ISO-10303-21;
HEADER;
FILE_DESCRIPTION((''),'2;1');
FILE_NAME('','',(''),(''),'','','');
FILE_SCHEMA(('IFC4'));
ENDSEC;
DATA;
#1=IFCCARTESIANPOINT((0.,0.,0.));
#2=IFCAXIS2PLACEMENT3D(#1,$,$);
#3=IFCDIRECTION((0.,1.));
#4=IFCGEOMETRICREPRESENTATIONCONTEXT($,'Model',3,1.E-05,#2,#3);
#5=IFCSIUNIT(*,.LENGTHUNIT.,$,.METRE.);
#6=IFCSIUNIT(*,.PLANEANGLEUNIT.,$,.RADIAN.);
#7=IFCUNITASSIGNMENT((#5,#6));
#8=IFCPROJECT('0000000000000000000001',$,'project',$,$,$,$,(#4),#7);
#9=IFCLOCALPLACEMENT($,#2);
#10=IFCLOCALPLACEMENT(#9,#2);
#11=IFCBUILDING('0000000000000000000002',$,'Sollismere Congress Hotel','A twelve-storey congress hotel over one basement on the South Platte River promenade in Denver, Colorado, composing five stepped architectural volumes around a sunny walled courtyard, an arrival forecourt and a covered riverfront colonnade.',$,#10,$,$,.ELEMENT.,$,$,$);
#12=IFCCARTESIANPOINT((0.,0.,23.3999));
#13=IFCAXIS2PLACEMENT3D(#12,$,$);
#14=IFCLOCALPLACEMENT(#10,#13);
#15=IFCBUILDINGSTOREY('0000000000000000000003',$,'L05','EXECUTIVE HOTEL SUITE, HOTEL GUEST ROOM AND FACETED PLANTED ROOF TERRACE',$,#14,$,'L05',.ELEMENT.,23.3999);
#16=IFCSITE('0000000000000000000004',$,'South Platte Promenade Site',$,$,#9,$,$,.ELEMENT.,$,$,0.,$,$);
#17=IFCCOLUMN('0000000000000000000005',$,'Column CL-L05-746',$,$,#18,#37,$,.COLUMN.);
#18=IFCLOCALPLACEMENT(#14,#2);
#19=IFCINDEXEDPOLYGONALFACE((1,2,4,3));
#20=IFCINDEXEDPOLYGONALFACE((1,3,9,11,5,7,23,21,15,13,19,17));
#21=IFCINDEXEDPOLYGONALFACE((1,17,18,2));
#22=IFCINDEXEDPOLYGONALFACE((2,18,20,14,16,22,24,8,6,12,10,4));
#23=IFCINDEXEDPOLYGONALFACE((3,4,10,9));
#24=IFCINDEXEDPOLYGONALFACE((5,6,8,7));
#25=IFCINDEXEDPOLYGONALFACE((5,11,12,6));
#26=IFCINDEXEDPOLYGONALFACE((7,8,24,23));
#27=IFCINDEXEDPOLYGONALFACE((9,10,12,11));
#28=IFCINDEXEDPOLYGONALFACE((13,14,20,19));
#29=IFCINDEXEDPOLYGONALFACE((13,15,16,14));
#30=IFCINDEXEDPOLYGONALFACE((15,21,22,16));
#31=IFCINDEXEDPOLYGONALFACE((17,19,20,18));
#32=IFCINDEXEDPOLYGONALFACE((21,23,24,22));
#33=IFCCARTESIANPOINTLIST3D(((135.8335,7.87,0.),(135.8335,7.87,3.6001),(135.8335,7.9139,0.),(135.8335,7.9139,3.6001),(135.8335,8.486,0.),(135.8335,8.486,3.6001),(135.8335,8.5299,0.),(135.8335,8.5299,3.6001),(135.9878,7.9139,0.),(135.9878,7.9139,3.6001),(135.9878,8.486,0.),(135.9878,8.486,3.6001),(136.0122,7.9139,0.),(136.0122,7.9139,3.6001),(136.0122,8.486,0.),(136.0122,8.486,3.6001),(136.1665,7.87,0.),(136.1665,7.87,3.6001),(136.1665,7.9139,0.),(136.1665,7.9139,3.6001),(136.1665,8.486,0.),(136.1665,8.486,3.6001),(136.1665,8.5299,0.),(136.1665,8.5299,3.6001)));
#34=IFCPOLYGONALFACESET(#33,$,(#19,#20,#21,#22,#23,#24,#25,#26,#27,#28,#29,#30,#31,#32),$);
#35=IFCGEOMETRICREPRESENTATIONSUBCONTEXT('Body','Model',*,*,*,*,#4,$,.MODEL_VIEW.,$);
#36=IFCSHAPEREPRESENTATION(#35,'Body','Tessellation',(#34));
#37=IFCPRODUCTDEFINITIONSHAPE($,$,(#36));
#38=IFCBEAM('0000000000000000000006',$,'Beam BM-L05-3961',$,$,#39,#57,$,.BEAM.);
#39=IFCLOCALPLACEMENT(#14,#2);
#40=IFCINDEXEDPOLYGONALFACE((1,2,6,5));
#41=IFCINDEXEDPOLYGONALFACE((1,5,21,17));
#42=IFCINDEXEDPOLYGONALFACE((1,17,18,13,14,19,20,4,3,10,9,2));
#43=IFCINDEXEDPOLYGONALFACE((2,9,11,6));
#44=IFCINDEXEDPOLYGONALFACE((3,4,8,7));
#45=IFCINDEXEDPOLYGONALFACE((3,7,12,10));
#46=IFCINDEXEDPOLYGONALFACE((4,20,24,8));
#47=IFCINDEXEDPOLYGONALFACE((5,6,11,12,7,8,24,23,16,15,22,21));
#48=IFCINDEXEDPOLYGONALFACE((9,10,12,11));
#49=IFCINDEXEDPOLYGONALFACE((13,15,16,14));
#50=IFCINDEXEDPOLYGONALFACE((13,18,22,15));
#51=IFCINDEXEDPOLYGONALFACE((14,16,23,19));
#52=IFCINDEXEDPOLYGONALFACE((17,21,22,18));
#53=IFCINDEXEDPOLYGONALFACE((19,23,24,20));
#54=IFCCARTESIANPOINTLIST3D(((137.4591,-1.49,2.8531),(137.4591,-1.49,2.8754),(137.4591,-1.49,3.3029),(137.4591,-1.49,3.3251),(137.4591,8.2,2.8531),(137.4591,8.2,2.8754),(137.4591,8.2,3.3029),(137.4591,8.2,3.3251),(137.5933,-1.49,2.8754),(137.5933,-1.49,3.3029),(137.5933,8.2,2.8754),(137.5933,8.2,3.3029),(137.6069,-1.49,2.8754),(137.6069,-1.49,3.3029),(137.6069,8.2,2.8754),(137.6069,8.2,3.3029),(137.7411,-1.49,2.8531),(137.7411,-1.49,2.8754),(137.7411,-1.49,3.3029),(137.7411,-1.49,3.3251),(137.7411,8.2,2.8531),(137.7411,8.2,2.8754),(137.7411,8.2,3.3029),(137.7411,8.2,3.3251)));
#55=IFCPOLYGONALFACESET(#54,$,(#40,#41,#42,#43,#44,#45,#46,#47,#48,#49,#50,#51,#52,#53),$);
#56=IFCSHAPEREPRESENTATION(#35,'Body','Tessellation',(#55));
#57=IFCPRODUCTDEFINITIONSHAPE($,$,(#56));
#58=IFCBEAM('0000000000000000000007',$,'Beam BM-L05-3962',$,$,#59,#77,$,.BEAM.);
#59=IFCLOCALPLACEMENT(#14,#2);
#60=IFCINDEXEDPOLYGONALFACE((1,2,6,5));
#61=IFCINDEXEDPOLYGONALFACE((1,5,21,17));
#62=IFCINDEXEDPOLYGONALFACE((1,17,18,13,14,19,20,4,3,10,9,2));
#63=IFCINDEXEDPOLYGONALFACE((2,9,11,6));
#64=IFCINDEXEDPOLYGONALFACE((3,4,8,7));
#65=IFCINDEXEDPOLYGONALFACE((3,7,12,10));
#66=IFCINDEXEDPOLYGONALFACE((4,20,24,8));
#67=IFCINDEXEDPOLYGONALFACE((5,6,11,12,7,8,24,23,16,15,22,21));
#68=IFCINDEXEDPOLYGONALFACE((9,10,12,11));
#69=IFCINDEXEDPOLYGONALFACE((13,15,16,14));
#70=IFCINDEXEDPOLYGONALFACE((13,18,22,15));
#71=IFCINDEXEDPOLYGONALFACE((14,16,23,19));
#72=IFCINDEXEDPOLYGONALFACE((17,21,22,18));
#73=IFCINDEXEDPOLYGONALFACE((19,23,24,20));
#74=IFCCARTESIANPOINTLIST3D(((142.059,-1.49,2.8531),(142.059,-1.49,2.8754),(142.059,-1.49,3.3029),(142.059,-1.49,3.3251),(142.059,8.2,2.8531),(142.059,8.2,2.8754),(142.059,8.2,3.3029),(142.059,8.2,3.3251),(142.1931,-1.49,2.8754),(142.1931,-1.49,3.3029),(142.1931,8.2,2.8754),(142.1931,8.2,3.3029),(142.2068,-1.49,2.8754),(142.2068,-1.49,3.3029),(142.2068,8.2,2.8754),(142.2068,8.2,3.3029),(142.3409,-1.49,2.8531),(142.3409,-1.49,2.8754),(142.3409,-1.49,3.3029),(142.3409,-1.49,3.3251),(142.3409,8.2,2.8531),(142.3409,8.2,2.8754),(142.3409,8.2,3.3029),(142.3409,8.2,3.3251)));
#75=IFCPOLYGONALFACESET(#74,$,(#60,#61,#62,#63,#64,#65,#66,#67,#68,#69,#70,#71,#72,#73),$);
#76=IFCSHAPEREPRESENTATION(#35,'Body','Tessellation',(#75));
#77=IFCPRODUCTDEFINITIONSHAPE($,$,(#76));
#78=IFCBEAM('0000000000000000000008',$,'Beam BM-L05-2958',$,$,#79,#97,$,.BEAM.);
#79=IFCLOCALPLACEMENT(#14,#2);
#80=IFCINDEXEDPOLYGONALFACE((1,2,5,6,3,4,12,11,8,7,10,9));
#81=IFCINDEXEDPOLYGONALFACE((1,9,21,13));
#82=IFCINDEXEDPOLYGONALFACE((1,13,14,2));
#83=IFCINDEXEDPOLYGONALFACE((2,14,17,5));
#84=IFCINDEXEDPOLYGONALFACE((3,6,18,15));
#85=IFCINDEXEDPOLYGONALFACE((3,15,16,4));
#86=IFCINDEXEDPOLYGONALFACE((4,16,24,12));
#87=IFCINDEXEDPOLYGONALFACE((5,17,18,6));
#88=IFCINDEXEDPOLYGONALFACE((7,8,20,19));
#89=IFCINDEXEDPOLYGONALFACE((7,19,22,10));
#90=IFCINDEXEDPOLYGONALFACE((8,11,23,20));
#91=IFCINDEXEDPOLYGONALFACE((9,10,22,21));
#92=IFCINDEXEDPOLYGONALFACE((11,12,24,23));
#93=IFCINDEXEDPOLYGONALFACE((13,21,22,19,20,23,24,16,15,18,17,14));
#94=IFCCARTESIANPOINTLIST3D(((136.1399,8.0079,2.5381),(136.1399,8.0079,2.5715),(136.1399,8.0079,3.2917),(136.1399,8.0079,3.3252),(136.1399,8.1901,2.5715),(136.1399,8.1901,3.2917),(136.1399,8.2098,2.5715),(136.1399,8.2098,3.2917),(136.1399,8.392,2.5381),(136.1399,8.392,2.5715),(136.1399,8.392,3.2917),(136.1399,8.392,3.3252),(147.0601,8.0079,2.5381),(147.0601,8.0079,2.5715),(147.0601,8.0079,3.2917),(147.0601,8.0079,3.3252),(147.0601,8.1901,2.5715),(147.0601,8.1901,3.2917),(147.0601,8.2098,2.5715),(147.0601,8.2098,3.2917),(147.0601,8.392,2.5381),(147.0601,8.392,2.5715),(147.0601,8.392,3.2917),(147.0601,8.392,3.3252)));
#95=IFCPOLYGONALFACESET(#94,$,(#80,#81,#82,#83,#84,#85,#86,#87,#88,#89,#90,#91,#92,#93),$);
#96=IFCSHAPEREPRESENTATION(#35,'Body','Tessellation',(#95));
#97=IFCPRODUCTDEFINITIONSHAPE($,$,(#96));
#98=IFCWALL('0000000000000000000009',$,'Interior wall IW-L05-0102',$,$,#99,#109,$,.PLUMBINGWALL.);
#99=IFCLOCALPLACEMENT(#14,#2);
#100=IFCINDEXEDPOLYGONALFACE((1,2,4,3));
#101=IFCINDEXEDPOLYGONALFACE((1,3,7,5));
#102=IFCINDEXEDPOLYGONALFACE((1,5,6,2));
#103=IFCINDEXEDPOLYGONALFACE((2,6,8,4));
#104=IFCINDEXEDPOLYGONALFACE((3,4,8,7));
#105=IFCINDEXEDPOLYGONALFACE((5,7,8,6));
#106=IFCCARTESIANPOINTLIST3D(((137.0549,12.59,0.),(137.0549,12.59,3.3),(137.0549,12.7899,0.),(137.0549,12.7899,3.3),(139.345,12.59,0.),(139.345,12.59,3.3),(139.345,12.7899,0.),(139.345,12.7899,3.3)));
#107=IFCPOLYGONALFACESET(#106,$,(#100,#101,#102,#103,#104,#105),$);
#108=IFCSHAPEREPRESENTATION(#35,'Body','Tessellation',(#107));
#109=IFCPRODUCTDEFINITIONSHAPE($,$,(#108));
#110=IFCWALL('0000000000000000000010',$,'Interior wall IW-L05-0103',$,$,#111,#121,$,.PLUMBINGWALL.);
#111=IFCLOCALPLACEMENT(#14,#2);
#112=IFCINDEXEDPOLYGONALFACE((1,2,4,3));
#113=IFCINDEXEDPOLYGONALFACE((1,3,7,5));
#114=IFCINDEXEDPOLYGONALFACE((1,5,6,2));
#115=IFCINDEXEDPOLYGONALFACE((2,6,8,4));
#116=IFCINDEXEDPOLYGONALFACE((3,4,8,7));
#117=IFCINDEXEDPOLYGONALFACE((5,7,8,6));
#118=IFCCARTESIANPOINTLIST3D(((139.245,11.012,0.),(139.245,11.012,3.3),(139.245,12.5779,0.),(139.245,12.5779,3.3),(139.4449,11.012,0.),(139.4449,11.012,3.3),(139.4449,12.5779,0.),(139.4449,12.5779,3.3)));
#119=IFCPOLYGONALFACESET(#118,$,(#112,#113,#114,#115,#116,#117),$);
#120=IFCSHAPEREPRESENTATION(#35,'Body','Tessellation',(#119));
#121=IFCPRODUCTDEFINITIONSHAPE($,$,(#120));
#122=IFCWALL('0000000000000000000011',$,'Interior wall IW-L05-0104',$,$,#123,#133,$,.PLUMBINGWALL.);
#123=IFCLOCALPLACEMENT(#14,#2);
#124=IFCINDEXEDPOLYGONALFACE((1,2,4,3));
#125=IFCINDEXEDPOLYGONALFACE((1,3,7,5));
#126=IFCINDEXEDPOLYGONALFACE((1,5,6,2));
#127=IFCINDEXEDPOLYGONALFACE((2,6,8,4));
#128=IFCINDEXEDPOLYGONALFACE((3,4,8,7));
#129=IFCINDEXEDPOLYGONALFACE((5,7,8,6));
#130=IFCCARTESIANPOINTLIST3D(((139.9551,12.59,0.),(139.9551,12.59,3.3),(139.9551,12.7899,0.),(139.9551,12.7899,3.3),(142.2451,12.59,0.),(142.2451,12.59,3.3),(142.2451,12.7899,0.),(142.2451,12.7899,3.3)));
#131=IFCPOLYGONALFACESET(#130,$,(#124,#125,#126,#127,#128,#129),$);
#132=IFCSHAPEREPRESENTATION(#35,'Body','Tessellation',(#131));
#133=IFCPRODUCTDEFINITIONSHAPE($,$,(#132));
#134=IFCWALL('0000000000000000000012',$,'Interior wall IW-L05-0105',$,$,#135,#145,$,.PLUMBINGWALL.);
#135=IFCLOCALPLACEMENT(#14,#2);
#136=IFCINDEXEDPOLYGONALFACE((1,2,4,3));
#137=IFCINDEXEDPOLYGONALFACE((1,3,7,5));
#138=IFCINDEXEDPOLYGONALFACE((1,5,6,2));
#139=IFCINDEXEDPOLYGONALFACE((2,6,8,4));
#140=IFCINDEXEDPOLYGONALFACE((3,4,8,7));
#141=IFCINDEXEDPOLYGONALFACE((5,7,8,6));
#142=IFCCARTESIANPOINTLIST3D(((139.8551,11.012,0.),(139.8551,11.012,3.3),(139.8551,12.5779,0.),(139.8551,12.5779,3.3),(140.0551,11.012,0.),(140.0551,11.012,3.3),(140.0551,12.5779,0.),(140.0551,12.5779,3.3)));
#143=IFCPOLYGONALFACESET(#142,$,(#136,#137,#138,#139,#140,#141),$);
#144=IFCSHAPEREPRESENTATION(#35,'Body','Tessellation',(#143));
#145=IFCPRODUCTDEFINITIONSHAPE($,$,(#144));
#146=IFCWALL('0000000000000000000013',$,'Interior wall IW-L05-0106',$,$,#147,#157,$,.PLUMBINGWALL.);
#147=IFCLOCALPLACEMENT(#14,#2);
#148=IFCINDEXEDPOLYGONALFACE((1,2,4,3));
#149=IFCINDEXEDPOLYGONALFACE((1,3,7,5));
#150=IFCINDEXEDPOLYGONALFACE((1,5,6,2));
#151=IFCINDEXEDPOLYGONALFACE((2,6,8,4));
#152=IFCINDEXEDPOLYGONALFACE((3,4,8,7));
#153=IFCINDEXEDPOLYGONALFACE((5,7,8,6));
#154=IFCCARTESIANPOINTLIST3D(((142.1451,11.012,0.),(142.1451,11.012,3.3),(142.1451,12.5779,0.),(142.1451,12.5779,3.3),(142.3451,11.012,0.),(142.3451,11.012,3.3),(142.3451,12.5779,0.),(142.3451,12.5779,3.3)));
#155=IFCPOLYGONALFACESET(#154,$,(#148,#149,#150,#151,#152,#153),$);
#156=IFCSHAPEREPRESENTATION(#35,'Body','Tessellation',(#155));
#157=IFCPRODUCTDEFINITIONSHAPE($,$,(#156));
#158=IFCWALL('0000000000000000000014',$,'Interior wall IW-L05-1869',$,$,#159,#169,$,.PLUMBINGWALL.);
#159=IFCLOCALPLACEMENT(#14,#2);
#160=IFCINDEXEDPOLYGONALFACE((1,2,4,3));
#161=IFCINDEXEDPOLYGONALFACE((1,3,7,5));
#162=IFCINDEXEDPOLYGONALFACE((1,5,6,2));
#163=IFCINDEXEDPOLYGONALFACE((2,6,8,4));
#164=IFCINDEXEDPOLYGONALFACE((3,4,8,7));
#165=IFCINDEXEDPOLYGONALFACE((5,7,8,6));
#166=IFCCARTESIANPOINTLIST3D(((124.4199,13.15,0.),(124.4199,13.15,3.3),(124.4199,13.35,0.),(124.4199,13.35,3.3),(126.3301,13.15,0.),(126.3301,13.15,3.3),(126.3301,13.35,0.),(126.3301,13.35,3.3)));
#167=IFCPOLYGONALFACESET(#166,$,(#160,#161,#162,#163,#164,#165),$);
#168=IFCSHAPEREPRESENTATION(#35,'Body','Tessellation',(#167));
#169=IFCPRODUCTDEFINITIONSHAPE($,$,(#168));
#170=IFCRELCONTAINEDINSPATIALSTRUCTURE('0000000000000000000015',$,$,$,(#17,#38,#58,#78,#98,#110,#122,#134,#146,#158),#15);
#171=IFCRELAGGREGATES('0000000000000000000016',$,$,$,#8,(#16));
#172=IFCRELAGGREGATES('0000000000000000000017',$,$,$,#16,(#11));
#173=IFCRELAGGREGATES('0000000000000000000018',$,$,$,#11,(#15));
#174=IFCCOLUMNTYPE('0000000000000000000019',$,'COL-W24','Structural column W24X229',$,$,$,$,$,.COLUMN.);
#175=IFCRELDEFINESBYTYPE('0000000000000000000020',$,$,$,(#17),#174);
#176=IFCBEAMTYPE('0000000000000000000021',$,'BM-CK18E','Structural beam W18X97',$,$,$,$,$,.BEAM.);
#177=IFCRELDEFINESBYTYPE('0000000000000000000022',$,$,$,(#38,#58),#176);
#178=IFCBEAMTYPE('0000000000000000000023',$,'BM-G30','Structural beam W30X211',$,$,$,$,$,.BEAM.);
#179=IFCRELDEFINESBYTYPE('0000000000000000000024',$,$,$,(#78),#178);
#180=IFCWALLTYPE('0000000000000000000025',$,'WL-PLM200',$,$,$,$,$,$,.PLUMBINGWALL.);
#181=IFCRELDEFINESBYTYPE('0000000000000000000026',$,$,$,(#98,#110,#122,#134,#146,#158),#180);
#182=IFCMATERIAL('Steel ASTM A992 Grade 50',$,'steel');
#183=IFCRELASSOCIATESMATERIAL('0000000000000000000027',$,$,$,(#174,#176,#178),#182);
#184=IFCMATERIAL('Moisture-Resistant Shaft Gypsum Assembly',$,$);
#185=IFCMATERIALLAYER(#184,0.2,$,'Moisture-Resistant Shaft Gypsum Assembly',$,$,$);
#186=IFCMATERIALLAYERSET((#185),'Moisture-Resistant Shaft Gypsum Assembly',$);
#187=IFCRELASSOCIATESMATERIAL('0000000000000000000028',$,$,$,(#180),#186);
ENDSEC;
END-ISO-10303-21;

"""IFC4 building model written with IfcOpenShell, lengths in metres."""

from ifc_helpers import new_model, si_unit, direction, frame, frame_2d, origin, origin_2d, place, context, subcontext, project, spatial, rectangle, i_section, extrude, material, layer, layer_set, material_profile, profile_set, type_object, element, save


model = new_model("IFC4")

# Units and contexts
model_context = context("Model", 3, precision=1e-05, world=origin(), true_north=direction((0.0, 1.0)))
body_context = subcontext(model_context, "Body", "Model", "MODEL_VIEW")
ifc_project = project(units=[si_unit("LENGTHUNIT", "METRE"), si_unit("PLANEANGLEUNIT", "RADIAN")], contexts=[model_context])

# Site, building, storey
site_placement = place(None, origin())
site = spatial("IfcSite", under=ifc_project, at=site_placement, Name="South Platte Promenade Site", CompositionType="ELEMENT", RefElevation=0.0)
building_placement = place(site_placement, origin())
building = spatial("IfcBuilding", under=site, at=building_placement, Name="Sollismere Congress Hotel", Description="A twelve-storey congress hotel over one basement on the South Platte River promenade in Denver, Colorado, composing five stepped architectural volumes around a sunny walled courtyard, an arrival forecourt and a covered riverfront colonnade.", CompositionType="ELEMENT")
storey_placement = place(building_placement, frame((0.0, 0.0, 23.3999)))
storey = spatial("IfcBuildingStorey", under=building, at=storey_placement, Name="L05", Description="EXECUTIVE HOTEL SUITE, HOTEL GUEST ROOM AND FACETED PLANTED ROOF TERRACE", LongName="L05", CompositionType="ELEMENT", Elevation=23.3999)

# Column
ifc_material_1 = material(Name="Steel ASTM A992 Grade 50", Category="steel")
ifc_material_profile_1 = material_profile(ifc_material_1, i_section(OverallWidth=0.333, OverallDepth=0.6599, WebThickness=0.0244, FlangeThickness=0.0439, at=origin_2d()), Name="W24X229")
ifc_profile_set_1 = profile_set([ifc_material_profile_1], Name="Steel ASTM A992 Grade 50")
column_type = type_object("IfcColumnType", Name="COL-W24", Description="Structural column W24X229", PredefinedType="COLUMN", material=ifc_profile_set_1)
column_placement = place(storey_placement, frame((136.0, 8.2, 0.0), z_axis=(0.0, 0.0, 1.0), x_axis=(1.0, 0.0, 0.0)))
element("IfcColumn", 1, at=column_placement, inside=storey, type_object=column_type, Name="Column CL-L05-746", PredefinedType="COLUMN", context=body_context, shape_type="SweptSolid", body=[
    extrude(i_section(OverallWidth=0.333, OverallDepth=0.6599, WebThickness=0.0244, FlangeThickness=0.0439, at=origin_2d()), origin(), (0.0, 0.0, 1.0), 3.6001),
])

# Beams
ifc_material_profile_2 = material_profile(ifc_material_1, i_section(OverallWidth=0.282, OverallDepth=0.4719, WebThickness=0.0137, FlangeThickness=0.0222, at=origin_2d()), Name="W18X97")
ifc_profile_set_2 = profile_set([ifc_material_profile_2], Name="Steel ASTM A992 Grade 50")
beam_type_1 = type_object("IfcBeamType", Name="BM-CK18E", Description="Structural beam W18X97", PredefinedType="BEAM", material=ifc_profile_set_2)
for number, where, z_axis, x_axis, name in (
    (2, (137.6001, 8.2, 3.0891), (0.0, -1.0, 0.0), (1.0, 0.0, 0.0), "Beam BM-L05-3961"),
    (3, (142.2, 8.2, 3.0891), (0.0, -1.0, 0.0), (1.0, 0.0, 0.0), "Beam BM-L05-3962"),
):
    element("IfcBeam", number, at=place(storey_placement, frame(where, z_axis=z_axis, x_axis=x_axis)), inside=storey, type_object=beam_type_1, Name=name, PredefinedType="BEAM", context=body_context, shape_type="SweptSolid", body=[
        extrude(i_section(OverallWidth=0.282, OverallDepth=0.4719, WebThickness=0.0137, FlangeThickness=0.0222, at=origin_2d()), origin(), (0.0, 0.0, 1.0), 9.6899),
    ])
ifc_material_profile_3 = material_profile(ifc_material_1, i_section(OverallWidth=0.384, OverallDepth=0.7871, WebThickness=0.0198, FlangeThickness=0.0334, at=origin_2d()), Name="W30X211")
ifc_profile_set_3 = profile_set([ifc_material_profile_3], Name="Steel ASTM A992 Grade 50")
beam_type_2 = type_object("IfcBeamType", Name="BM-G30", Description="Structural beam W30X211", PredefinedType="BEAM", material=ifc_profile_set_3)
beam_placement = place(storey_placement, frame((136.1399, 8.2, 2.9316), z_axis=(1.0, 0.0, 0.0), x_axis=(0.0, 1.0, 0.0)))
element("IfcBeam", 4, at=beam_placement, inside=storey, type_object=beam_type_2, Name="Beam BM-L05-2958", PredefinedType="BEAM", context=body_context, shape_type="SweptSolid", body=[
    extrude(i_section(OverallWidth=0.384, OverallDepth=0.7871, WebThickness=0.0198, FlangeThickness=0.0334, at=origin_2d()), origin(), (0.0, 0.0, 1.0), 10.9202),
])

# Walls
ifc_material_2 = material(Name="Moisture-Resistant Shaft Gypsum Assembly")
ifc_layer_1 = layer(ifc_material_2, 0.2, Name="Moisture-Resistant Shaft Gypsum Assembly")
ifc_layer_set_1 = layer_set([ifc_layer_1], Name="Moisture-Resistant Shaft Gypsum Assembly")
wall_type_1 = type_object("IfcWallType", Name="WL-PLM200", PredefinedType="PLUMBINGWALL", material=ifc_layer_set_1)
wall_1_placement = place(storey_placement, frame((137.0549, 12.6899, 0.0), z_axis=(0.0, 0.0, 1.0), x_axis=(1.0, 0.0, 0.0)))
element("IfcWall", 5, at=wall_1_placement, inside=storey, type_object=wall_type_1, Name="Interior wall IW-L05-0102", PredefinedType="PLUMBINGWALL", context=body_context, shape_type="SweptSolid", body=[
    extrude(rectangle(XDim=2.29, YDim=0.2, at=frame_2d((1.145, 0.0))), origin(), (0.0, 0.0, 1.0), 3.3),
])
wall_2_placement = place(storey_placement, frame((139.345, 11.012, 0.0), z_axis=(0.0, 0.0, 1.0), x_axis=(0.0, 1.0, 0.0)))
element("IfcWall", 6, at=wall_2_placement, inside=storey, type_object=wall_type_1, Name="Interior wall IW-L05-0103", PredefinedType="PLUMBINGWALL", context=body_context, shape_type="SweptSolid", body=[
    extrude(rectangle(XDim=1.5659, YDim=0.2, at=frame_2d((0.783, 0.0))), origin(), (0.0, 0.0, 1.0), 3.3),
])
wall_3_placement = place(storey_placement, frame((139.9551, 12.6899, 0.0), z_axis=(0.0, 0.0, 1.0), x_axis=(1.0, 0.0, 0.0)))
element("IfcWall", 7, at=wall_3_placement, inside=storey, type_object=wall_type_1, Name="Interior wall IW-L05-0104", PredefinedType="PLUMBINGWALL", context=body_context, shape_type="SweptSolid", body=[
    extrude(rectangle(XDim=2.29, YDim=0.2, at=frame_2d((1.145, 0.0))), origin(), (0.0, 0.0, 1.0), 3.3),
])
for number, where, z_axis, x_axis, name in (
    (8, (139.9551, 11.012, 0.0), (0.0, 0.0, 1.0), (0.0, 1.0, 0.0), "Interior wall IW-L05-0105"),
    (9, (142.2451, 11.012, 0.0), (0.0, 0.0, 1.0), (0.0, 1.0, 0.0), "Interior wall IW-L05-0106"),
):
    element("IfcWall", number, at=place(storey_placement, frame(where, z_axis=z_axis, x_axis=x_axis)), inside=storey, type_object=wall_type_1, Name=name, PredefinedType="PLUMBINGWALL", context=body_context, shape_type="SweptSolid", body=[
        extrude(rectangle(XDim=1.5659, YDim=0.2, at=frame_2d((0.783, 0.0))), origin(), (0.0, 0.0, 1.0), 3.3),
    ])
wall_4_placement = place(storey_placement, frame((124.4199, 13.25, 0.0), z_axis=(0.0, 0.0, 1.0), x_axis=(1.0, 0.0, 0.0)))
element("IfcWall", 10, at=wall_4_placement, inside=storey, type_object=wall_type_1, Name="Interior wall IW-L05-1869", PredefinedType="PLUMBINGWALL", context=body_context, shape_type="SweptSolid", body=[
    extrude(rectangle(XDim=1.9102, YDim=0.2, at=frame_2d((0.9551, 0.0))), origin(), (0.0, 0.0, 1.0), 3.3),
])

save(model, "model.ifc")
